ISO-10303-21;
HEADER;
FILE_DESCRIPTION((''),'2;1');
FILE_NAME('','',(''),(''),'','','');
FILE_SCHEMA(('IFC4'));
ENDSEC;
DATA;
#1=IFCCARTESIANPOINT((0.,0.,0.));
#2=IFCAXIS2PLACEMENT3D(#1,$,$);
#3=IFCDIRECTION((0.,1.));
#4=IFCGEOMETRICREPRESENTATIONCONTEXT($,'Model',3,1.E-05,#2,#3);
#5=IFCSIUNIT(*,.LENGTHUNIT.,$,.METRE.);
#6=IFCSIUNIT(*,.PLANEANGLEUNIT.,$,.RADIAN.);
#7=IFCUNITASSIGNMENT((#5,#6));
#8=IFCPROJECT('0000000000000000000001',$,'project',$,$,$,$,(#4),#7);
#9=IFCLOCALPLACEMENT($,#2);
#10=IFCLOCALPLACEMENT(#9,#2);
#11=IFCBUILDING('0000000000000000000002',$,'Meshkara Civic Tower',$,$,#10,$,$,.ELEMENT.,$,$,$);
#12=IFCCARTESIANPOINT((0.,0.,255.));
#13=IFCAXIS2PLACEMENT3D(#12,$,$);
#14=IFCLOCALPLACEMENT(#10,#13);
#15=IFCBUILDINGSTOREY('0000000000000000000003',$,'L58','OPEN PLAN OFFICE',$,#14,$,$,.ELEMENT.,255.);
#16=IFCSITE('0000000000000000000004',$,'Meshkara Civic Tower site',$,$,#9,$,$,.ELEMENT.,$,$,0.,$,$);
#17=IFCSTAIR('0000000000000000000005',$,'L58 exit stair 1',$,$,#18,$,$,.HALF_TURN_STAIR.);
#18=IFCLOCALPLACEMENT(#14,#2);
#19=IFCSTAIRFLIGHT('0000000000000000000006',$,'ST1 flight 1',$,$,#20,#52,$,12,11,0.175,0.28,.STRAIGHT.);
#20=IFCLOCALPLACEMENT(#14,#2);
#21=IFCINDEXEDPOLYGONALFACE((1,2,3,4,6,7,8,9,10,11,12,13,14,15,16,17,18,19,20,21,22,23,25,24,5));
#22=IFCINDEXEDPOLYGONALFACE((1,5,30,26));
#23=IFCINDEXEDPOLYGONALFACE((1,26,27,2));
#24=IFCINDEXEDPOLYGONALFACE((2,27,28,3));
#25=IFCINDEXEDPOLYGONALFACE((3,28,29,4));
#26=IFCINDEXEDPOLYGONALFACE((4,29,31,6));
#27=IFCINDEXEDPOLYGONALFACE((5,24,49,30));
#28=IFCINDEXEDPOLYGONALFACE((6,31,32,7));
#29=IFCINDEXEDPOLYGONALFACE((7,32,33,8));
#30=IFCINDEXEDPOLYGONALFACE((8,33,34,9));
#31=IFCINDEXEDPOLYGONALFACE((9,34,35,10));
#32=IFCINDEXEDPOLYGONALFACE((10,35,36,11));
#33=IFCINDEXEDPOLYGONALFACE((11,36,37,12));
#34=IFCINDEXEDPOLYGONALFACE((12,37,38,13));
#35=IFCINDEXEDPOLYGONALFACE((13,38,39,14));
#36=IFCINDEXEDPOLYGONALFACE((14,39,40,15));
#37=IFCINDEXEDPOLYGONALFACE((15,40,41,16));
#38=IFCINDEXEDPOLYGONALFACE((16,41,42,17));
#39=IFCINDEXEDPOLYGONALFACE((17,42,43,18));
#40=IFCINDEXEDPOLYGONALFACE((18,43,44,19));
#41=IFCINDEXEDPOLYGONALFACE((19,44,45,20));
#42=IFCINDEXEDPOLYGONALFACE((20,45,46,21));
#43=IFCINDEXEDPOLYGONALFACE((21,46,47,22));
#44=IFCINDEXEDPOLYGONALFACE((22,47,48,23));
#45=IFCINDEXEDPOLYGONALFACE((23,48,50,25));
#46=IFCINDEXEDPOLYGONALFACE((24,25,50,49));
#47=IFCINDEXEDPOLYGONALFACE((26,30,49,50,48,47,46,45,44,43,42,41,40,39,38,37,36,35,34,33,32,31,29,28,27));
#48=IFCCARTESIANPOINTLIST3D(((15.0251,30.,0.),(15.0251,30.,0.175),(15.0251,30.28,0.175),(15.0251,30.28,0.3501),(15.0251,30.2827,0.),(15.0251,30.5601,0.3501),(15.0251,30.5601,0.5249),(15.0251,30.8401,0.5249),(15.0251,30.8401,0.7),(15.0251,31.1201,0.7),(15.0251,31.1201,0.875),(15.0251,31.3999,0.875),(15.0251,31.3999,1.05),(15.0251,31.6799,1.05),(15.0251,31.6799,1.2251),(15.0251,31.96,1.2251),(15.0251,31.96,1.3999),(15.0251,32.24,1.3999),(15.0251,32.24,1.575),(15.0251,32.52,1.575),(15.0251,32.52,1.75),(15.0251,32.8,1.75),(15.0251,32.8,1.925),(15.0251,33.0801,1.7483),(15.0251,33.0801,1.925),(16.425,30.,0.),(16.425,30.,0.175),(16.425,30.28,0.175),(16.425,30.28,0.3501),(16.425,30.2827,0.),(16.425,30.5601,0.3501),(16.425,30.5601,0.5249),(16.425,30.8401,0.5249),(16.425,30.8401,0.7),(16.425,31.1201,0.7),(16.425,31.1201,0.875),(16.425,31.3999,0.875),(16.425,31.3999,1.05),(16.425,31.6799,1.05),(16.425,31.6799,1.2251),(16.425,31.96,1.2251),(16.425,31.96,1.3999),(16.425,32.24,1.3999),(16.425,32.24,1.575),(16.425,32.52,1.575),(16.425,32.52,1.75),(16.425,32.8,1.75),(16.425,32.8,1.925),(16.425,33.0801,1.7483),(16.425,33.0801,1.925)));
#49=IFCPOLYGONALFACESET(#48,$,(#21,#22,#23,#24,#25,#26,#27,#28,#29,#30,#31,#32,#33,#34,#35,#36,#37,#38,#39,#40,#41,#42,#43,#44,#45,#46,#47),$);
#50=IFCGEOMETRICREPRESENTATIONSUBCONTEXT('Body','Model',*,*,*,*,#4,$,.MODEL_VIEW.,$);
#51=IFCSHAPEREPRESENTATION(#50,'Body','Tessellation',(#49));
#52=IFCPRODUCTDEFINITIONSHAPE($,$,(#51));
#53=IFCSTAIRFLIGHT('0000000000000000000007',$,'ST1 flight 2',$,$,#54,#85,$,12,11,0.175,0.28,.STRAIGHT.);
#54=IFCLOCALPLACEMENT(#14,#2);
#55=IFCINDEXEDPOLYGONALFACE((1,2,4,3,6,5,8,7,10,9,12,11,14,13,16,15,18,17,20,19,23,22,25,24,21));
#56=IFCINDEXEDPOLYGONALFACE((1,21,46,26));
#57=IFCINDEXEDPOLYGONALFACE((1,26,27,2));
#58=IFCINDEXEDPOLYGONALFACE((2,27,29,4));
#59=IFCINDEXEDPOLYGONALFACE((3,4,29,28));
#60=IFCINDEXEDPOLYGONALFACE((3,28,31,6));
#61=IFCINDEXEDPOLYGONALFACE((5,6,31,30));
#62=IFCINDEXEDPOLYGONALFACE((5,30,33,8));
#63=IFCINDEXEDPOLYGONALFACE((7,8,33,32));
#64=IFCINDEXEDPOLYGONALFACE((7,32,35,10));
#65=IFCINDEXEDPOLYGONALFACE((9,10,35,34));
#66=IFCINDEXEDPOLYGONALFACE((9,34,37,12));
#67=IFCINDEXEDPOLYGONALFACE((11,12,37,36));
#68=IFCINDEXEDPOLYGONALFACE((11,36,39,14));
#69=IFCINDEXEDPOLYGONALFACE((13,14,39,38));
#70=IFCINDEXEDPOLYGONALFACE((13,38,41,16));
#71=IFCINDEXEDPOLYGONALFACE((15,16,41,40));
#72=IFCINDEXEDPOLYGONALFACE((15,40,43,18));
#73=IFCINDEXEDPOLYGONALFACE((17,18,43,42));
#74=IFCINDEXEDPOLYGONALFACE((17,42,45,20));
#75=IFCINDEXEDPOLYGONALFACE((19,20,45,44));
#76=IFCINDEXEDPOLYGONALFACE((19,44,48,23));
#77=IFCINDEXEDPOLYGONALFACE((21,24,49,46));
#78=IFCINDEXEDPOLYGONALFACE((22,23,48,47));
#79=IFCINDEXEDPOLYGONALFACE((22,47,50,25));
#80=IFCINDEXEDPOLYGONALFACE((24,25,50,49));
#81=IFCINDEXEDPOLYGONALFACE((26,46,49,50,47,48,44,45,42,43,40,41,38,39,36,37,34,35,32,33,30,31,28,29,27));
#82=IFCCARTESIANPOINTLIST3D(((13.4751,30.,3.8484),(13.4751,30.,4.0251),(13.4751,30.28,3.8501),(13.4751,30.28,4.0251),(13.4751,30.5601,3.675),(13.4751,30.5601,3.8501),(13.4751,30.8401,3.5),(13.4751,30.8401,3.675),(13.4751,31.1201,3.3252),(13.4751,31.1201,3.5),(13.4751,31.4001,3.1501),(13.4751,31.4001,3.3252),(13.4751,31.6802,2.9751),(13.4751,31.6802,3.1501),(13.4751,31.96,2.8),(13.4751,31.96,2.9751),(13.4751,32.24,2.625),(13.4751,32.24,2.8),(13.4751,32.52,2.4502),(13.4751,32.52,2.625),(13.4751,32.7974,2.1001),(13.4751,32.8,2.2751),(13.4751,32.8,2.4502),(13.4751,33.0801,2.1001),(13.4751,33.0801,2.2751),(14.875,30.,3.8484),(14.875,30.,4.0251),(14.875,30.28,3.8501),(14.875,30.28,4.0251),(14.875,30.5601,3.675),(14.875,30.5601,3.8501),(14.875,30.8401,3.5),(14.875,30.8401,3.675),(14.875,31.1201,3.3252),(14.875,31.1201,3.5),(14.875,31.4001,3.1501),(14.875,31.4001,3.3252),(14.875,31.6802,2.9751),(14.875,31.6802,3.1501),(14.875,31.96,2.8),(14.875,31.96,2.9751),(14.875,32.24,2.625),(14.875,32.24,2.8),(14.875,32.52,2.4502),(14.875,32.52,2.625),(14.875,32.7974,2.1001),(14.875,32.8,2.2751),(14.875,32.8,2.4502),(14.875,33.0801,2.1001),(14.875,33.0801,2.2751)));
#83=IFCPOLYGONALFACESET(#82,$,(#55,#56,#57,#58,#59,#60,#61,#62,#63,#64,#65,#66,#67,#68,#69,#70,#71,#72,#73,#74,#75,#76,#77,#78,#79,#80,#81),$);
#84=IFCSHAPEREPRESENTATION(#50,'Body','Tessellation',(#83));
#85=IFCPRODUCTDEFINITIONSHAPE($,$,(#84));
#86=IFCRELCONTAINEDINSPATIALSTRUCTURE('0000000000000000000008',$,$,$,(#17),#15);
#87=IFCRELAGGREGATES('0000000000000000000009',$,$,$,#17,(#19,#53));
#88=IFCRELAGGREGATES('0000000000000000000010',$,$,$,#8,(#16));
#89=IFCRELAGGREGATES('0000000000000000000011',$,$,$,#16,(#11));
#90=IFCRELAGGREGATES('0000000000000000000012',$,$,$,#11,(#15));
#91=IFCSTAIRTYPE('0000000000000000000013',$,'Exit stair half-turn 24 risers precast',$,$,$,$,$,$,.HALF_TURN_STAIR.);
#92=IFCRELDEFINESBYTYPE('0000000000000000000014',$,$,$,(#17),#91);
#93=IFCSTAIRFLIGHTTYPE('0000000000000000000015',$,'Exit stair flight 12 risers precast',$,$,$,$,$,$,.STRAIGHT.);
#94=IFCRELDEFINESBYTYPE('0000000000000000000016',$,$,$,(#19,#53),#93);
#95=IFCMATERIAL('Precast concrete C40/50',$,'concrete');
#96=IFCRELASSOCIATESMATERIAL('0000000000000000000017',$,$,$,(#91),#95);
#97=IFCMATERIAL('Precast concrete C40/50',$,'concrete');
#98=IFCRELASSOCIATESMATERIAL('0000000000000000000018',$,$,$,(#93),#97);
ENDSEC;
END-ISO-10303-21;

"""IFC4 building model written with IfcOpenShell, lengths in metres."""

from ifc_helpers import new_model, si_unit, direction, frame, origin, place, context, subcontext, project, spatial, polyline, outline, extrude, material, type_object, element, aggregate, save


model = new_model("IFC4")

# Units and contexts
model_context = context("Model", 3, precision=1e-05, world=origin(), true_north=direction((0.0, 1.0)))
body_context = subcontext(model_context, "Body", "Model", "MODEL_VIEW")
ifc_project = project(units=[si_unit("LENGTHUNIT", "METRE"), si_unit("PLANEANGLEUNIT", "RADIAN")], contexts=[model_context])

# Site, building, storey
site_placement = place(None, origin())
site = spatial("IfcSite", under=ifc_project, at=site_placement, Name="Meshkara Civic Tower site", CompositionType="ELEMENT", RefElevation=0.0)
building_placement = place(site_placement, origin())
building = spatial("IfcBuilding", under=site, at=building_placement, Name="Meshkara Civic Tower", CompositionType="ELEMENT")
storey_placement = place(building_placement, frame((0.0, 0.0, 255.0)))
storey = spatial("IfcBuildingStorey", under=building, at=storey_placement, Name="L58", Description="OPEN PLAN OFFICE", CompositionType="ELEMENT", Elevation=255.0)

# Stair, stair flights
ifc_material_1 = material(Name="Precast concrete C40/50", Category="concrete")
stair_type = type_object("IfcStairType", Name="Exit stair half-turn 24 risers precast", PredefinedType="HALF_TURN_STAIR", material=ifc_material_1)
stair_placement = place(storey_placement, origin())
stair = element("IfcStair", 1, at=stair_placement, inside=storey, type_object=stair_type, Name="L58 exit stair 1", PredefinedType="HALF_TURN_STAIR")
ifc_material_2 = material(Name="Precast concrete C40/50", Category="concrete")
stair_flight_type = type_object("IfcStairFlightType", Name="Exit stair flight 12 risers precast", PredefinedType="STRAIGHT", material=ifc_material_2)
stair_flight_1_placement = place(storey_placement, frame((15.7251, 30.0, 0.0), z_axis=(0.0, 0.0, 1.0), x_axis=(0.0, 1.0, 0.0)))
stair_flight_1 = element("IfcStairFlight", 2, at=stair_flight_1_placement, type_object=stair_flight_type, Name="ST1 flight 1", NumberOfRisers=12, NumberOfTreads=11, PredefinedType="STRAIGHT", RiserHeight=0.175, TreadLength=0.28, context=body_context, shape_type="SweptSolid", body=[
    extrude(outline(polyline([(0.0, 0.0), (0.0, 0.175), (0.28, 0.175), (0.28, 0.3501), (0.5601, 0.3501), (0.5601, 0.5249), (0.8401, 0.5249), (0.8401, 0.7), (1.1201, 0.7), (1.1201, 0.875), (1.3999, 0.875), (1.3999, 1.05), (1.6799, 1.05), (1.6799, 1.2251), (1.96, 1.2251), (1.96, 1.3999), (2.24, 1.3999), (2.24, 1.575), (2.52, 1.575), (2.52, 1.75), (2.8, 1.75), (2.8, 1.925), (3.0801, 1.925), (3.0801, 2.1001), (3.0801, 1.7483), (0.2827, 0.0), (0.0, 0.0)])), frame((0.0, 0.7, 0.0), z_axis=(0.0, -1.0, 0.0), x_axis=(1.0, 0.0, 0.0)), (0.0, 0.0, 1.0), 1.3999),
])
stair_flight_2_placement = place(storey_placement, frame((14.175, 33.0801, 2.1001), z_axis=(0.0, 0.0, 1.0), x_axis=(0.0, -1.0, 0.0)))
stair_flight_2 = element("IfcStairFlight", 3, at=stair_flight_2_placement, type_object=stair_flight_type, Name="ST1 flight 2", NumberOfRisers=12, NumberOfTreads=11, PredefinedType="STRAIGHT", RiserHeight=0.175, TreadLength=0.28, context=body_context, shape_type="SweptSolid", body=[
    extrude(outline(polyline([(0.0, 0.0), (0.0, 0.175), (0.28, 0.175), (0.28, 0.3501), (0.5601, 0.3501), (0.5601, 0.5249), (0.8401, 0.5249), (0.8401, 0.7), (1.1201, 0.7), (1.1201, 0.875), (1.3999, 0.875), (1.3999, 1.05), (1.6799, 1.05), (1.6799, 1.2251), (1.96, 1.2251), (1.96, 1.3999), (2.24, 1.3999), (2.24, 1.575), (2.52, 1.575), (2.52, 1.75), (2.8, 1.75), (2.8, 1.925), (3.0801, 1.925), (3.0801, 2.1001), (3.0801, 1.7483), (0.2827, 0.0), (0.0, 0.0)])), frame((0.0, 0.7, 0.0), z_axis=(0.0, -1.0, 0.0), x_axis=(1.0, 0.0, 0.0)), (0.0, 0.0, 1.0), 1.3999),
])
aggregate(stair, [stair_flight_1, stair_flight_2])

save(model, "model.ifc")
